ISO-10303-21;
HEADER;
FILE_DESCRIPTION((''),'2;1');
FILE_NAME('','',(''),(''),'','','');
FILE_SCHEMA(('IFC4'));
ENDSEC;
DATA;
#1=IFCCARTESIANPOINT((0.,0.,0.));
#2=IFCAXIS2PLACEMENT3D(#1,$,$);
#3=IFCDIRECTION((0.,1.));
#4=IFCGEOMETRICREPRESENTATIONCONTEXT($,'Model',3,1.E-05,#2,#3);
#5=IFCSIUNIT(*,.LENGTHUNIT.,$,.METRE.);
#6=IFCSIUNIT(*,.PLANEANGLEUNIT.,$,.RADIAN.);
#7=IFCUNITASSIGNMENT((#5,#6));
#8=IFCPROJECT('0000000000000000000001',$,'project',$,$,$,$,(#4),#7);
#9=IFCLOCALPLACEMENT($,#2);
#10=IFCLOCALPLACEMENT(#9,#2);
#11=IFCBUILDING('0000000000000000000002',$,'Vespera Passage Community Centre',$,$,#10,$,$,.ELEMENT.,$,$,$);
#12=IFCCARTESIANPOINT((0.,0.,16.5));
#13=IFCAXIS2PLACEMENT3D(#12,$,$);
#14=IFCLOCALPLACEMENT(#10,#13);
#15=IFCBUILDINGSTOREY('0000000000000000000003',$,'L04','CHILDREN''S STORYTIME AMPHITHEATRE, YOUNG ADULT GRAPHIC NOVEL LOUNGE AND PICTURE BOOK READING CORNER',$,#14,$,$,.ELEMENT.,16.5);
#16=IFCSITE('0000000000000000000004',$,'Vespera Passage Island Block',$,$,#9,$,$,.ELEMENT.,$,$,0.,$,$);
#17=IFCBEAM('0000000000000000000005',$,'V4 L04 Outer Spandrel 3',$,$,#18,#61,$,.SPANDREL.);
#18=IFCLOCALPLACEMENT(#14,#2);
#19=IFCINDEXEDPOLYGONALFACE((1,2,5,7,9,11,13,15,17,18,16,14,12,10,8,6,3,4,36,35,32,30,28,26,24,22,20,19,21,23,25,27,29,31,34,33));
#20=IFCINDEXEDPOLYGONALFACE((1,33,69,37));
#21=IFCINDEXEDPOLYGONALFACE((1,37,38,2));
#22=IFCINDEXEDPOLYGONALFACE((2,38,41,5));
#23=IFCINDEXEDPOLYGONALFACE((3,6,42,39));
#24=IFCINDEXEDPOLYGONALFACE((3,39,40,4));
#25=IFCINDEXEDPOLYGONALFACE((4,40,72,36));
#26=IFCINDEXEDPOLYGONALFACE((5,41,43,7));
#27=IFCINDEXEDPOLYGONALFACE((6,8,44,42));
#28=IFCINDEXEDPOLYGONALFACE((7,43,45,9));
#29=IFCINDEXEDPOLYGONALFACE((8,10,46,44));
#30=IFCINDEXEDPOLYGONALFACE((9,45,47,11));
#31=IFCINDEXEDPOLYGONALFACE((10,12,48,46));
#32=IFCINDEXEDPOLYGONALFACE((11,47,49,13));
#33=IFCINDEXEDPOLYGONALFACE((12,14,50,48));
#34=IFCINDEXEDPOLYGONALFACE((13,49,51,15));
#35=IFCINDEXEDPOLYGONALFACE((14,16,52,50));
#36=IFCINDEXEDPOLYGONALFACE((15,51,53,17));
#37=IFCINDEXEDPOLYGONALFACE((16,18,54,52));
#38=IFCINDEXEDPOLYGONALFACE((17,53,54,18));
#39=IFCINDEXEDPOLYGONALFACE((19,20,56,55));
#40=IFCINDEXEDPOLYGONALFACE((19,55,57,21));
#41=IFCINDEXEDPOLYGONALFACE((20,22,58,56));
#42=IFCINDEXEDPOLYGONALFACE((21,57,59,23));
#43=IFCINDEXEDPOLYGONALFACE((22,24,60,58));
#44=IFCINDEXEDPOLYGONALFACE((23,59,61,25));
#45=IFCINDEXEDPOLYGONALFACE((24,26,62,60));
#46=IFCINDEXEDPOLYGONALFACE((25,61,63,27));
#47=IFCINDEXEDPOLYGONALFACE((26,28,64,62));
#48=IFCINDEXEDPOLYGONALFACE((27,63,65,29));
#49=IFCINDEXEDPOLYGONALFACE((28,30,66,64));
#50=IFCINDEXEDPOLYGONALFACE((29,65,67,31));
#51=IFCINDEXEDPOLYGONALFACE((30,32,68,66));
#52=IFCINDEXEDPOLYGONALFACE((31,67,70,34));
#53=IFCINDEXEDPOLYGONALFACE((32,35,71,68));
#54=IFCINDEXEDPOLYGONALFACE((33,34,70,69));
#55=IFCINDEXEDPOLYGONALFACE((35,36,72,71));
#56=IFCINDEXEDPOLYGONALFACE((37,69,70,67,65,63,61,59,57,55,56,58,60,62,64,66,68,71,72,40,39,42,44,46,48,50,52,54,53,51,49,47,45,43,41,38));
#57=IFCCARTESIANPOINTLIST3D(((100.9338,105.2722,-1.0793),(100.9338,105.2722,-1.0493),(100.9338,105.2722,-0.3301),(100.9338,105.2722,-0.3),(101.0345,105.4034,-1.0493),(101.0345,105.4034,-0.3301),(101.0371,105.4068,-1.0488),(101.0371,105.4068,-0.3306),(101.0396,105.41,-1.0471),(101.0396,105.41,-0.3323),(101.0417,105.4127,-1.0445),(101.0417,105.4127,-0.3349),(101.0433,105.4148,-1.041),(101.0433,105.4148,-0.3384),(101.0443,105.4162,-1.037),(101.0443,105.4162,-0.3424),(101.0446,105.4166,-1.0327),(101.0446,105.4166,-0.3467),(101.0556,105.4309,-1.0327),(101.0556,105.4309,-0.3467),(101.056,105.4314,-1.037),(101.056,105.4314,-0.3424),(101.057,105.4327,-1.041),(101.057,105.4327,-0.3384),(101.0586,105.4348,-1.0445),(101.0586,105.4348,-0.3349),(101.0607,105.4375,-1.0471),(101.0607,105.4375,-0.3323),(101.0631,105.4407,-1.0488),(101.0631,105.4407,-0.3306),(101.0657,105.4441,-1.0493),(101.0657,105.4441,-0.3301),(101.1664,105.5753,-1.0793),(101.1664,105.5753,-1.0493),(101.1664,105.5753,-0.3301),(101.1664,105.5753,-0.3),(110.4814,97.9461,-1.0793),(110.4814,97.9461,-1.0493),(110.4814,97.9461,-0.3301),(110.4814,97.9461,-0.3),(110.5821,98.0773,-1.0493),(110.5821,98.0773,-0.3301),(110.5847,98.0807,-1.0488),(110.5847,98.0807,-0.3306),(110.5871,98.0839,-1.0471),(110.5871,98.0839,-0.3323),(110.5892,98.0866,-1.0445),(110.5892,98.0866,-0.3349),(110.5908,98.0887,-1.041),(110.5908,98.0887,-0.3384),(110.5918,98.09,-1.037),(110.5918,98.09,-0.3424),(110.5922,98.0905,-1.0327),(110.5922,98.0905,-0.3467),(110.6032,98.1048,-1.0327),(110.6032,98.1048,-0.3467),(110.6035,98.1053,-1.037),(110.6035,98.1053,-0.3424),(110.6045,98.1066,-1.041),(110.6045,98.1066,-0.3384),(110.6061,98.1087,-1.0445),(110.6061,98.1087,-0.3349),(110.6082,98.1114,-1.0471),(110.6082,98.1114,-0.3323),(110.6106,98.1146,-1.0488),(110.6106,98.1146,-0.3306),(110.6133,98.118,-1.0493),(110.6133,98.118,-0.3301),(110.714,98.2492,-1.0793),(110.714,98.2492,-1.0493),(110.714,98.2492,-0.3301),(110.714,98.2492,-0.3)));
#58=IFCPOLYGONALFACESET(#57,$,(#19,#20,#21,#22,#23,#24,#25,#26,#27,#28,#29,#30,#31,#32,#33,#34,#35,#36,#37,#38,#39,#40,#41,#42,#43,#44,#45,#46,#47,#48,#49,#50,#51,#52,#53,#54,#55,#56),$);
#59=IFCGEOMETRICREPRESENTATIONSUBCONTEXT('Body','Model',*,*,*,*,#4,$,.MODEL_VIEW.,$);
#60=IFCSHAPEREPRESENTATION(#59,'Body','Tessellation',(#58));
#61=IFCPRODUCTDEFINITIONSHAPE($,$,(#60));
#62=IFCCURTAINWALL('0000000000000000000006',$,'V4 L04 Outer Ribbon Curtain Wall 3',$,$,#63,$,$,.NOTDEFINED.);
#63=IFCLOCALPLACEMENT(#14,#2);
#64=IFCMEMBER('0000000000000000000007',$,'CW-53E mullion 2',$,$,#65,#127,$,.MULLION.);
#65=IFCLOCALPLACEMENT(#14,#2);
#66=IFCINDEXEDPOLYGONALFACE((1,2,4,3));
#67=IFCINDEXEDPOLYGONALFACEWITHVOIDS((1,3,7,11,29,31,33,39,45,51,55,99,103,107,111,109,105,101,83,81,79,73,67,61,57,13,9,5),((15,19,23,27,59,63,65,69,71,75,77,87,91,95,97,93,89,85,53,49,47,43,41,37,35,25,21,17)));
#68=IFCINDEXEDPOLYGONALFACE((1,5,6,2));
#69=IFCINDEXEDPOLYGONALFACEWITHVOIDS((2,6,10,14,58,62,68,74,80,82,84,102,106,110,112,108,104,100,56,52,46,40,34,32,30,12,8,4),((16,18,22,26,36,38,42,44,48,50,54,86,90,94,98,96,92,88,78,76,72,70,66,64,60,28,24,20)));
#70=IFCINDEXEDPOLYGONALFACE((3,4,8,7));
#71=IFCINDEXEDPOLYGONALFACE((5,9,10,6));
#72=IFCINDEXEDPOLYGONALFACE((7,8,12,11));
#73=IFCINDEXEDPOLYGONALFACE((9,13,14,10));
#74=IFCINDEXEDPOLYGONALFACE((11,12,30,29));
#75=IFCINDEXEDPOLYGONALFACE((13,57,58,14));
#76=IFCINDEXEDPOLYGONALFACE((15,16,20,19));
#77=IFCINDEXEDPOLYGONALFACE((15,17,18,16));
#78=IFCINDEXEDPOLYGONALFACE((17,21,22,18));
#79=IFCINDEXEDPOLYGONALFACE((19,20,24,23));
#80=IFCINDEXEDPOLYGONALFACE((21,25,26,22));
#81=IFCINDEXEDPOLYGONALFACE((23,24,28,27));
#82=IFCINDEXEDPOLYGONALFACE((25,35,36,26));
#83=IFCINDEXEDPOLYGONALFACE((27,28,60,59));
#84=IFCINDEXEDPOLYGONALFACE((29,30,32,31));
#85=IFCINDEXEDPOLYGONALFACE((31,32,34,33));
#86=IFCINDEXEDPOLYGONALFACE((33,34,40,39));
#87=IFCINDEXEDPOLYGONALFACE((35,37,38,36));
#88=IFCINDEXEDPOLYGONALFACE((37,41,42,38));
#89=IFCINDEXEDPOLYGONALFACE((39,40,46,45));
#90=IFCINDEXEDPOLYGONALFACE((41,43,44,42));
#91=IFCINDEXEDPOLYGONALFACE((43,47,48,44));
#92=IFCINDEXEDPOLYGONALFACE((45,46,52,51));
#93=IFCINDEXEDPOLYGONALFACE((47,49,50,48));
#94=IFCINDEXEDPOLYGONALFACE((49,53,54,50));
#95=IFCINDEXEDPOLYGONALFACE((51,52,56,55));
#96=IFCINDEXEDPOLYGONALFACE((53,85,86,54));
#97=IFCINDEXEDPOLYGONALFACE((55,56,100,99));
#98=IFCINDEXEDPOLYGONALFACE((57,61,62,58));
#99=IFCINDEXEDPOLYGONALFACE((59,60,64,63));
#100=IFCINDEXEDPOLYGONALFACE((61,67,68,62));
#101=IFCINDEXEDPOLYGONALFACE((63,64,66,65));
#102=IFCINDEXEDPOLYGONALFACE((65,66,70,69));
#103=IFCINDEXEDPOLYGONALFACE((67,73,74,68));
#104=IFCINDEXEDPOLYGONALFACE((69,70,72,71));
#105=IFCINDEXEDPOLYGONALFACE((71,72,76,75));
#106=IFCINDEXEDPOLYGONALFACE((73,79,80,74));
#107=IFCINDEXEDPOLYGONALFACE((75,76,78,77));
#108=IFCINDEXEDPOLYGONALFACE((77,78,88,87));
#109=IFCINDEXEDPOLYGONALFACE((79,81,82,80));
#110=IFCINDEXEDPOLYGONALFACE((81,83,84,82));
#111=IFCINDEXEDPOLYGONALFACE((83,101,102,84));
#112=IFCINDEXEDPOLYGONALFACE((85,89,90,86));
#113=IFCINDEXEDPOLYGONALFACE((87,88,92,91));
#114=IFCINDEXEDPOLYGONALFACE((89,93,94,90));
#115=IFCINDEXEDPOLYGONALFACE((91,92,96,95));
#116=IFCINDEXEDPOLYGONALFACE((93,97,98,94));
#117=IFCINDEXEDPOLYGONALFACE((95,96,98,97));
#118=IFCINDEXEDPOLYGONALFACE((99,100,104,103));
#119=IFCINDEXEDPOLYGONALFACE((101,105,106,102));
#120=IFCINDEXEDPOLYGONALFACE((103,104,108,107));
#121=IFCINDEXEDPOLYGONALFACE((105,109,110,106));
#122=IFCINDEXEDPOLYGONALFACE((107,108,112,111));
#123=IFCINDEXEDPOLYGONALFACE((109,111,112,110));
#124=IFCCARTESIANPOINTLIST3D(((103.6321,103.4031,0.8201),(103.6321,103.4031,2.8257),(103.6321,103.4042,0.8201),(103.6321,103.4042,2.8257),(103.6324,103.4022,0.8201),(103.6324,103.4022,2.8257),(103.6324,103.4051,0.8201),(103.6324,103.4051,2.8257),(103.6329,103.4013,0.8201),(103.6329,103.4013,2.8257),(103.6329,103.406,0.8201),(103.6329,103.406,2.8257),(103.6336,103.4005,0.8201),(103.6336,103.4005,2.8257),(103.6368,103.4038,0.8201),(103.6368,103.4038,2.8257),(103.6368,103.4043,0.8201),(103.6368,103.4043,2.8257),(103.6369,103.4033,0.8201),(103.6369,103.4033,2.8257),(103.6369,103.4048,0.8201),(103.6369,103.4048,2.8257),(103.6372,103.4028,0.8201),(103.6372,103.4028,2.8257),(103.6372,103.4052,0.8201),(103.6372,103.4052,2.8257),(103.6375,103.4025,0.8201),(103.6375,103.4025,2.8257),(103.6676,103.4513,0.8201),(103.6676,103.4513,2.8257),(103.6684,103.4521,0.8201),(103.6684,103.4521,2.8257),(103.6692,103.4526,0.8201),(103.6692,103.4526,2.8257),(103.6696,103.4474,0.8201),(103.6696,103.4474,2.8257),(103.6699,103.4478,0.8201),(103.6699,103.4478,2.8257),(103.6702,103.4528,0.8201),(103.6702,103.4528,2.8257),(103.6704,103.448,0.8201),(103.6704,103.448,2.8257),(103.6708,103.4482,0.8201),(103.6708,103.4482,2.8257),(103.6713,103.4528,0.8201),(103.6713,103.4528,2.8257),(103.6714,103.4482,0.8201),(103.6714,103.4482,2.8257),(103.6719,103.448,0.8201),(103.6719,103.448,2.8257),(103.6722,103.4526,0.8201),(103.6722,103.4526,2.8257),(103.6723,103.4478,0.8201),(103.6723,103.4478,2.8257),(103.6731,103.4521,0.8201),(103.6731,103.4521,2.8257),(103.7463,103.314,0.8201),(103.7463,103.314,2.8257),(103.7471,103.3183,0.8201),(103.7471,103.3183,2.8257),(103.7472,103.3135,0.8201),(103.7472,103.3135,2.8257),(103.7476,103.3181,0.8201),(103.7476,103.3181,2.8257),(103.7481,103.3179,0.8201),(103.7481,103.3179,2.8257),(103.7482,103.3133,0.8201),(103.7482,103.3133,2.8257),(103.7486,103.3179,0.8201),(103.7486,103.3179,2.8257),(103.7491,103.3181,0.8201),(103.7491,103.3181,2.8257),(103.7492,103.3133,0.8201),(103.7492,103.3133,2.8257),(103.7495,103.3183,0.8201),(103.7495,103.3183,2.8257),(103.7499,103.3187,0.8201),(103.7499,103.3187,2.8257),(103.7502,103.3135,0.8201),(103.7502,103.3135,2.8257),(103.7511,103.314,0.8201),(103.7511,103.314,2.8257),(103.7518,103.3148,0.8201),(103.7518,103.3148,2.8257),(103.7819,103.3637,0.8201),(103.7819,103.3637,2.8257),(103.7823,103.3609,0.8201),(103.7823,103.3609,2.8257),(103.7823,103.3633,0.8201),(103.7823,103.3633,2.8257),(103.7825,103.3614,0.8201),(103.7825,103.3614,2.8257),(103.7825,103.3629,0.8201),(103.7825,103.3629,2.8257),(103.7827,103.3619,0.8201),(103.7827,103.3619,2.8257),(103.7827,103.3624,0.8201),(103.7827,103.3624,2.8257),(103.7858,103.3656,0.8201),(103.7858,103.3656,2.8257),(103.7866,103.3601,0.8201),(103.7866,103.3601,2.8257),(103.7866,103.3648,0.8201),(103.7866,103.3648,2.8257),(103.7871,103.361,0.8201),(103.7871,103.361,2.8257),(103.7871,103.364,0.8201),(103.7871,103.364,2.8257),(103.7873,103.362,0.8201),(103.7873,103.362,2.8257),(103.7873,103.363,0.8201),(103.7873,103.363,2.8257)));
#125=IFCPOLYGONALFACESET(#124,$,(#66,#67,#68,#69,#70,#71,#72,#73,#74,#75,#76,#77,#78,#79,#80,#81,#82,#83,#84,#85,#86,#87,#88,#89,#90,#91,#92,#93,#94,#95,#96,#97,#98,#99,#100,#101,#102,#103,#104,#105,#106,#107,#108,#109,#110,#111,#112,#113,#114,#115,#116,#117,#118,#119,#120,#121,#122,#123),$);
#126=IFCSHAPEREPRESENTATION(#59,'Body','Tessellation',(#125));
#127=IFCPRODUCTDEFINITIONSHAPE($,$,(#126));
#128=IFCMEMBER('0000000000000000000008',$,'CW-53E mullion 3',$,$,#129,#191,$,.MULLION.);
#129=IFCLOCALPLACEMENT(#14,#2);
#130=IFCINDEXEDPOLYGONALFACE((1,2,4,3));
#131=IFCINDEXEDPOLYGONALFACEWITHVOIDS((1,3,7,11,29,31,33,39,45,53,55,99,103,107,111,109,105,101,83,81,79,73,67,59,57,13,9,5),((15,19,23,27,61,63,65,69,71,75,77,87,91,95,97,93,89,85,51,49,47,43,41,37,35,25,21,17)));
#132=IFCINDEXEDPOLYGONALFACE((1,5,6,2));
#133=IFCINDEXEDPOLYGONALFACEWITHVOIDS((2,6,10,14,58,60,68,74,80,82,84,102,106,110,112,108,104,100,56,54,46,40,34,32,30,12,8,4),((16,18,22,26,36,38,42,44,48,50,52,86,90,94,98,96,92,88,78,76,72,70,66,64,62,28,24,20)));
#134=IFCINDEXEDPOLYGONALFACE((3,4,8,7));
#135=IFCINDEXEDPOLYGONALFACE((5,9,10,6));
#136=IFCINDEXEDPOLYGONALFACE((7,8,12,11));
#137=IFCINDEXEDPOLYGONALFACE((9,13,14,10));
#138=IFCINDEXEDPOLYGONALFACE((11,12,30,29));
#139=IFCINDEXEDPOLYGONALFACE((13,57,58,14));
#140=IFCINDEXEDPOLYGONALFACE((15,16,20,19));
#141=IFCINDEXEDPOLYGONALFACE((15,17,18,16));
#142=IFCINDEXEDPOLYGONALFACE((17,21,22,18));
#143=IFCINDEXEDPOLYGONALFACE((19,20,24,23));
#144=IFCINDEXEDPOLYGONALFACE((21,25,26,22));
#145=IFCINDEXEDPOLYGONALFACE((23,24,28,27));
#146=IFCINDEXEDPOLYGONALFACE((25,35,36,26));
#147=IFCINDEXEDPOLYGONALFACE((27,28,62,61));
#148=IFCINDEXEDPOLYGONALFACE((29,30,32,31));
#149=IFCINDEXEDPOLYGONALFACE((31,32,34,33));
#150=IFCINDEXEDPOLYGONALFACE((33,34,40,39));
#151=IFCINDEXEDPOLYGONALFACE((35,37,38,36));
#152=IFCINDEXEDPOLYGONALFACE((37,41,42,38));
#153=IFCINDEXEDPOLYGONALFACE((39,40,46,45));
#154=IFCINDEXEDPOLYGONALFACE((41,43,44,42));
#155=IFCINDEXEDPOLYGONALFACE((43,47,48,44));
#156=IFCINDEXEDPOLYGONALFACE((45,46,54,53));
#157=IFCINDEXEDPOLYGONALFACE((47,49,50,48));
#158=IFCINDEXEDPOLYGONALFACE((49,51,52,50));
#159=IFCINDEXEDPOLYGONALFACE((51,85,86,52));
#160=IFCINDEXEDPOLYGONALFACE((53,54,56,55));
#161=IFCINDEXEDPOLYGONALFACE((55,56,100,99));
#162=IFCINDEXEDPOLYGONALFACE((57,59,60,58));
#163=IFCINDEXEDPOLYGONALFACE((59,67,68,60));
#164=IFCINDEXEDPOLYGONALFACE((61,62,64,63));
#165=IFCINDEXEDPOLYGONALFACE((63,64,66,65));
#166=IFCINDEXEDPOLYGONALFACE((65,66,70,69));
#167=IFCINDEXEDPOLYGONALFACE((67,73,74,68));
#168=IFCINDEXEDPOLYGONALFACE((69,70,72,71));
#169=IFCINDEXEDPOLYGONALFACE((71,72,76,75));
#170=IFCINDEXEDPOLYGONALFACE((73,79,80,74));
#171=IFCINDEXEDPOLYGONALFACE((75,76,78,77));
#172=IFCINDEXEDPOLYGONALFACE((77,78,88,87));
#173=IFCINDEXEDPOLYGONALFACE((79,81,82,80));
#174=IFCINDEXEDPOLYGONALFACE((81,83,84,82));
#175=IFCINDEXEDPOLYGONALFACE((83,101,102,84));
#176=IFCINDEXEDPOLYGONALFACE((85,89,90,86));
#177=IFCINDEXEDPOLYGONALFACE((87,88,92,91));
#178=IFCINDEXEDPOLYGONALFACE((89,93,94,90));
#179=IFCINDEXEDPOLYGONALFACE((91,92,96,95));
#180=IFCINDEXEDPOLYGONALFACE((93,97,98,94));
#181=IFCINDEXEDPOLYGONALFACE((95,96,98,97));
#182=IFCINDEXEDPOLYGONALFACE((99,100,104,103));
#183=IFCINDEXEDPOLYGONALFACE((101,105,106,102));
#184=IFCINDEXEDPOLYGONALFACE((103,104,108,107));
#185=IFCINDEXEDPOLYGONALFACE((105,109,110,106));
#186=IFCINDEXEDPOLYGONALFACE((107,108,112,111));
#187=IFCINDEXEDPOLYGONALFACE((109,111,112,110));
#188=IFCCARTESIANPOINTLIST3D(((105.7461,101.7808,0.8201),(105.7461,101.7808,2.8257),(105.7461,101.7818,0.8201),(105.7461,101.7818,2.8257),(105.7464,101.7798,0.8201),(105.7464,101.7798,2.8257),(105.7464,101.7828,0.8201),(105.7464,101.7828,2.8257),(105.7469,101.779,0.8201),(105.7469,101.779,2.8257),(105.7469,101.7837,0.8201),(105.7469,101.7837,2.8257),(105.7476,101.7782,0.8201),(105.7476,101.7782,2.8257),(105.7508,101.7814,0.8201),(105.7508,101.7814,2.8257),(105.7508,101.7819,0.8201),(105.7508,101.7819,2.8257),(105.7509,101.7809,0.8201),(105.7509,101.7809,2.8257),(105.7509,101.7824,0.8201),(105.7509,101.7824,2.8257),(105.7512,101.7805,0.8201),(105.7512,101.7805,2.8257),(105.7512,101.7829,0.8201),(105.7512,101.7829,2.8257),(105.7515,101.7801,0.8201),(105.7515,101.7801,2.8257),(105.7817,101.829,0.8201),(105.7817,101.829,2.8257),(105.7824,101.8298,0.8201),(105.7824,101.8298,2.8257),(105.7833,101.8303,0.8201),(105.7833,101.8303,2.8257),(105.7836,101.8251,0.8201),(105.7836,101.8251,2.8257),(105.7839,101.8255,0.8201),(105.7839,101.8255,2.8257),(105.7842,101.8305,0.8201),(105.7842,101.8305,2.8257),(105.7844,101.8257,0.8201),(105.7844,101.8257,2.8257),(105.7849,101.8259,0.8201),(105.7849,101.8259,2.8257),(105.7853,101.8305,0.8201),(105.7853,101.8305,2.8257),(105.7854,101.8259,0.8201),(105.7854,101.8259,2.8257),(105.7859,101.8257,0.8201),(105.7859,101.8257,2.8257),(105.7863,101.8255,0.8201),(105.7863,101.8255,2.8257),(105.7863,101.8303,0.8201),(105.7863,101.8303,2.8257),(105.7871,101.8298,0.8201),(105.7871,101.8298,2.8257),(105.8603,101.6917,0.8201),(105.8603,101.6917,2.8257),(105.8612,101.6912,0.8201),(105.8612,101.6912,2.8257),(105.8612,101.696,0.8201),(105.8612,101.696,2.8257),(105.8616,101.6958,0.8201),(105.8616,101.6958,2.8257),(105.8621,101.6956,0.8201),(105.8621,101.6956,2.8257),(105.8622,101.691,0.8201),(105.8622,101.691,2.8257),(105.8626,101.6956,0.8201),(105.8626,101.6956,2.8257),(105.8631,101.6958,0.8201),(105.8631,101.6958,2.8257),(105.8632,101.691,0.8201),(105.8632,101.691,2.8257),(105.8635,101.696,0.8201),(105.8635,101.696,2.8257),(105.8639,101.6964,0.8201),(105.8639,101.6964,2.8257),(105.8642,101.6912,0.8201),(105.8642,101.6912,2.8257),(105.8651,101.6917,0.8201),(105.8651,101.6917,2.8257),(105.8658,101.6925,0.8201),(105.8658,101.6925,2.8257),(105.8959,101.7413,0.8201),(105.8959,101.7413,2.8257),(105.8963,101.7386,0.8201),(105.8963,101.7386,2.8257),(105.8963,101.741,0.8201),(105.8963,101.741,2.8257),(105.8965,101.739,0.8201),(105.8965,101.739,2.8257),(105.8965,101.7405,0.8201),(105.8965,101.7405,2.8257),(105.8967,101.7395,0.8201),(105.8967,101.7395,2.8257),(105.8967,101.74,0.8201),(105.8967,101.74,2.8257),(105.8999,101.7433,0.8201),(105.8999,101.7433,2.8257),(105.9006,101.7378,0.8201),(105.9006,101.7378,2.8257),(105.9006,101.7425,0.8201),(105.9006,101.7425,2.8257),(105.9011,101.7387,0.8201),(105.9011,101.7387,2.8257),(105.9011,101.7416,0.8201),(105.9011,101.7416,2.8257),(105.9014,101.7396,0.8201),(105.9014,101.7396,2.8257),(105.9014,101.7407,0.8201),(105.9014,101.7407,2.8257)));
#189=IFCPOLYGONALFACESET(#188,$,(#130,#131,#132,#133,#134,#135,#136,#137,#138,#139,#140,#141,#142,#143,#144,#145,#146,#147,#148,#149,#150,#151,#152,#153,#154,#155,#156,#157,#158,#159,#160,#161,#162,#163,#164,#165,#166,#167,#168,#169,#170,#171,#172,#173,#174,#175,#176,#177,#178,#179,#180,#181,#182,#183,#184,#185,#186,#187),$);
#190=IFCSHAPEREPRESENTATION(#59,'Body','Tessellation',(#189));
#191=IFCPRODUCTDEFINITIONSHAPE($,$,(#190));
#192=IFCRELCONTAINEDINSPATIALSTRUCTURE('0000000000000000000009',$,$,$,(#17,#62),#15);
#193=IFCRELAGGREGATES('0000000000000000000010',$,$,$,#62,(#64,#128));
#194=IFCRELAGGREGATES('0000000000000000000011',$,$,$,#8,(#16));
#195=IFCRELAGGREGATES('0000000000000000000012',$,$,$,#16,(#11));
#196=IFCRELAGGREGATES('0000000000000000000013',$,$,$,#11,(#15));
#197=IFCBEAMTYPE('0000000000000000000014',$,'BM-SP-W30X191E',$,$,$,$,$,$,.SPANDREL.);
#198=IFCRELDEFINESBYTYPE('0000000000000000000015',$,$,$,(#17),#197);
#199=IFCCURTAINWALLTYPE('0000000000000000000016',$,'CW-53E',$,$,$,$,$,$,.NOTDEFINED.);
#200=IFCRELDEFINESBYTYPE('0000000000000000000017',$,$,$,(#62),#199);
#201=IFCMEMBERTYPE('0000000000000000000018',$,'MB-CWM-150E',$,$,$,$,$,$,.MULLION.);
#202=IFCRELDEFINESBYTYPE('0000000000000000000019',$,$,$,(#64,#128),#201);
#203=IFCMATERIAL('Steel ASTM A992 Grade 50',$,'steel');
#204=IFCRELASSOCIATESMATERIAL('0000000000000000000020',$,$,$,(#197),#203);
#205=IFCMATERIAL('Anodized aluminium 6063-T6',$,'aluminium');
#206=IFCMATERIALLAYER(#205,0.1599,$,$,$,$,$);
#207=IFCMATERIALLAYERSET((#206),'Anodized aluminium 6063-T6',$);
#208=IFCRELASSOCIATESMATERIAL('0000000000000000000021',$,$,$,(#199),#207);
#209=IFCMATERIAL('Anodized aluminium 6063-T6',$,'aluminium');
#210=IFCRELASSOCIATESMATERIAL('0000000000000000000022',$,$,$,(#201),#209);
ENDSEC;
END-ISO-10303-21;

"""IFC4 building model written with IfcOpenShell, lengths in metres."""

from ifc_helpers import new_model, si_unit, direction, frame, origin, origin_2d, place, context, subcontext, project, spatial, hollow_rectangle, i_section, extrude, material, layer, layer_set, material_profile, profile_set, type_object, element, aggregate, save


model = new_model("IFC4")

# Units and contexts
model_context = context("Model", 3, precision=1e-05, world=origin(), true_north=direction((0.0, 1.0)))
body_context = subcontext(model_context, "Body", "Model", "MODEL_VIEW")
ifc_project = project(units=[si_unit("LENGTHUNIT", "METRE"), si_unit("PLANEANGLEUNIT", "RADIAN")], contexts=[model_context])

# Site, building, storey
site_placement = place(None, origin())
site = spatial("IfcSite", under=ifc_project, at=site_placement, Name="Vespera Passage Island Block", CompositionType="ELEMENT", RefElevation=0.0)
building_placement = place(site_placement, origin())
building = spatial("IfcBuilding", under=site, at=building_placement, Name="Vespera Passage Community Centre", CompositionType="ELEMENT")
storey_placement = place(building_placement, frame((0.0, 0.0, 16.5)))
storey = spatial("IfcBuildingStorey", under=building, at=storey_placement, Name="L04", Description="CHILDREN'S STORYTIME AMPHITHEATRE, YOUNG ADULT GRAPHIC NOVEL LOUNGE AND PICTURE BOOK READING CORNER", CompositionType="ELEMENT", Elevation=16.5)

# Beam
ifc_material_1 = material(Name="Steel ASTM A992 Grade 50", Category="steel")
ifc_material_profile_1 = material_profile(ifc_material_1, i_section(OverallWidth=0.3821, OverallDepth=0.7793, WebThickness=0.0181, FlangeThickness=0.03, FilletRadius=0.0166, at=origin_2d()), Name="W30X191")
ifc_profile_set_1 = profile_set([ifc_material_profile_1], Name="Steel ASTM A992 Grade 50")
beam_type = type_object("IfcBeamType", Name="BM-SP-W30X191E", PredefinedType="SPANDREL", material=ifc_profile_set_1)
beam_placement = place(storey_placement, frame((110.5977, 98.0977, -0.6897), z_axis=(-0.793352, 0.608763, 0.0), x_axis=(-0.608763, -0.793352, 0.0)))
element("IfcBeam", 1, at=beam_placement, inside=storey, type_object=beam_type, Name="V4 L04 Outer Spandrel 3", PredefinedType="SPANDREL", context=body_context, shape_type="SweptSolid", body=[
    extrude(i_section(OverallWidth=0.3821, OverallDepth=0.7793, WebThickness=0.0181, FlangeThickness=0.03, FilletRadius=0.0166, at=origin_2d()), origin(), (0.0, 0.0, 1.0), 12.0344),
])

# Curtain wall, members
ifc_material_2 = material(Name="Anodized aluminium 6063-T6", Category="aluminium")
ifc_layer_1 = layer(ifc_material_2, 0.1599)
ifc_layer_set_1 = layer_set([ifc_layer_1], Name="Anodized aluminium 6063-T6")
curtain_wall_type = type_object("IfcCurtainWallType", Name="CW-53E", PredefinedType="NOTDEFINED", material=ifc_layer_set_1)
curtain_wall_placement = place(storey_placement, origin())
curtain_wall = element("IfcCurtainWall", 2, at=curtain_wall_placement, inside=storey, type_object=curtain_wall_type, Name="V4 L04 Outer Ribbon Curtain Wall 3", PredefinedType="NOTDEFINED")
ifc_material_3 = material(Name="Anodized aluminium 6063-T6", Category="aluminium")
ifc_material_profile_2 = material_profile(ifc_material_3, hollow_rectangle(XDim=0.0649, YDim=0.1499, WallThickness=0.0039, InnerFilletRadius=0.002, OuterFilletRadius=0.0039, at=origin_2d()), Name="ALU150X65X4")
ifc_profile_set_2 = profile_set([ifc_material_profile_2], Name="Anodized aluminium 6063-T6")
member_type_1 = type_object("IfcMemberType", Name="MB-CWM-150E", PredefinedType="MULLION", material=ifc_profile_set_2)
member_1_placement = place(storey_placement, frame((103.7097, 103.3831, 0.8201), z_axis=(0.0, 0.0, 1.0), x_axis=(0.608772, 0.793345, 0.0)))
member_1 = element("IfcMember", 3, at=member_1_placement, type_object=member_type_1, Name="CW-53E mullion 2", PredefinedType="MULLION", context=body_context, shape_type="SweptSolid", body=[
    extrude(hollow_rectangle(XDim=0.0649, YDim=0.1499, WallThickness=0.0039, InnerFilletRadius=0.002, OuterFilletRadius=0.0039, at=origin_2d()), origin(), (0.0, 0.0, 1.0), 2.0056),
])
member_2_placement = place(storey_placement, frame((105.8237, 101.7607, 0.8201), z_axis=(0.0, 0.0, 1.0), x_axis=(0.608772, 0.793345, 0.0)))
member_2 = element("IfcMember", 4, at=member_2_placement, type_object=member_type_1, Name="CW-53E mullion 3", PredefinedType="MULLION", context=body_context, shape_type="SweptSolid", body=[
    extrude(hollow_rectangle(XDim=0.0649, YDim=0.1499, WallThickness=0.0039, InnerFilletRadius=0.002, OuterFilletRadius=0.0039, at=origin_2d()), origin(), (0.0, 0.0, 1.0), 2.0056),
])
aggregate(curtain_wall, [member_1, member_2])

save(model, "model.ifc")
